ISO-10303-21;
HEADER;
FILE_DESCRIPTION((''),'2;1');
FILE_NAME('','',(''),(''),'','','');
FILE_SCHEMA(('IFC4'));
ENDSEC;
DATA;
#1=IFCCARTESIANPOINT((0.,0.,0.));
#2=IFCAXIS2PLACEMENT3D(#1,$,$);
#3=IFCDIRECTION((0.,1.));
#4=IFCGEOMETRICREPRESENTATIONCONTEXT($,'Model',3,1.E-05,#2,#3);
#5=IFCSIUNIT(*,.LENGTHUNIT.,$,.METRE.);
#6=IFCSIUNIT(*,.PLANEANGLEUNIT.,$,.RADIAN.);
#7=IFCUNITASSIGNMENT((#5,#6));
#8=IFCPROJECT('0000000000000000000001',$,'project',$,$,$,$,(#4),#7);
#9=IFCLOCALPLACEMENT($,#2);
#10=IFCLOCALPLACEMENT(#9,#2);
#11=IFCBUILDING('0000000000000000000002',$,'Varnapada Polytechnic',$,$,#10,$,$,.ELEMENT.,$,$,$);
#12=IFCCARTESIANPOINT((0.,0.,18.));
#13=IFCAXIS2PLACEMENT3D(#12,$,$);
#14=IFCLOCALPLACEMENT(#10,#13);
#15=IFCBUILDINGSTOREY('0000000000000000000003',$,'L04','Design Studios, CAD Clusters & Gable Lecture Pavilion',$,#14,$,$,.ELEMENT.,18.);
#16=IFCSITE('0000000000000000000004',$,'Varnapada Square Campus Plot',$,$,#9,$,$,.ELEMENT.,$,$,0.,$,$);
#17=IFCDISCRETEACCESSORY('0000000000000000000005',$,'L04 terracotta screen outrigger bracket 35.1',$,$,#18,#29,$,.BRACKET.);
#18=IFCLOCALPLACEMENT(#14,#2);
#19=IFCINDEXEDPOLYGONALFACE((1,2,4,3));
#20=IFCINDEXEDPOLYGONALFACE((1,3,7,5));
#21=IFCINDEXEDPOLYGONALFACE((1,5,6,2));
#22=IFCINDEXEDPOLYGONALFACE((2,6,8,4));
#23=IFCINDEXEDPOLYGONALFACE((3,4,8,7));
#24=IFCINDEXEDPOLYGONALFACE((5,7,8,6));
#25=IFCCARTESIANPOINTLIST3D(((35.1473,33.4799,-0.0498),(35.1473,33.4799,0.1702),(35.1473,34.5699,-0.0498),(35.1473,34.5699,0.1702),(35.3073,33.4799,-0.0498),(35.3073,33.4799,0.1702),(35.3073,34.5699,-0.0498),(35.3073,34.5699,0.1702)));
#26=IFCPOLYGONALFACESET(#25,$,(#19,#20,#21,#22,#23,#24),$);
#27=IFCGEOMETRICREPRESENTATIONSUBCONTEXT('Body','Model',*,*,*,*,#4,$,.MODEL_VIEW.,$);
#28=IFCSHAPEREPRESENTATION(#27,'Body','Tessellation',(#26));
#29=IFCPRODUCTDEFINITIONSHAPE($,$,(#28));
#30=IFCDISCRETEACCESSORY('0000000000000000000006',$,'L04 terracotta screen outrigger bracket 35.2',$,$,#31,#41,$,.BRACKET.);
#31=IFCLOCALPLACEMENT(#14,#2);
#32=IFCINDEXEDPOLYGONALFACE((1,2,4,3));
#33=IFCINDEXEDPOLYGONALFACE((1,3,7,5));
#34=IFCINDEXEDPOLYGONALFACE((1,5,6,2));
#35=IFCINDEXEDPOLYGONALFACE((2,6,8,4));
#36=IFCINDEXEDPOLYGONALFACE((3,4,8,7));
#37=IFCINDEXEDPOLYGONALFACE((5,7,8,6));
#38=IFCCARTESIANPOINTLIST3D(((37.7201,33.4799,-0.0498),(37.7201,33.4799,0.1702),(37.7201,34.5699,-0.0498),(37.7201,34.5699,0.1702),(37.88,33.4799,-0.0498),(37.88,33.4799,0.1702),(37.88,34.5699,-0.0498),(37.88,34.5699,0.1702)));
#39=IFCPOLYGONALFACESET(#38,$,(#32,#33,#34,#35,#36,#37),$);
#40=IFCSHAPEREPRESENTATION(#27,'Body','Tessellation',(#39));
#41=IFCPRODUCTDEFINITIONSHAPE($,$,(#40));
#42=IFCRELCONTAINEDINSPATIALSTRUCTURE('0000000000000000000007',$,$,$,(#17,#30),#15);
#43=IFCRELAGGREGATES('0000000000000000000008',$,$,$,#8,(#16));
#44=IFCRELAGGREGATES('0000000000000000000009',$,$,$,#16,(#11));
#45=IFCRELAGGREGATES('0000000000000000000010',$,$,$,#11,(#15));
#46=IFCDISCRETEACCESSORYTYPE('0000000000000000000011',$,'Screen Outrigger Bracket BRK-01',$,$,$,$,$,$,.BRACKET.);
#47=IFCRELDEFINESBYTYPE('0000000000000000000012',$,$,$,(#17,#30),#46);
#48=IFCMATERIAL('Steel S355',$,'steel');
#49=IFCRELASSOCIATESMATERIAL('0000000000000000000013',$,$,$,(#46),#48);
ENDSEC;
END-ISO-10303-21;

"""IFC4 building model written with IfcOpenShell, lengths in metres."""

from ifc_helpers import new_model, si_unit, direction, frame, origin, origin_2d, place, context, subcontext, project, spatial, rectangle, extrude, material, type_object, element, save


model = new_model("IFC4")

# Units and contexts
model_context = context("Model", 3, precision=1e-05, world=origin(), true_north=direction((0.0, 1.0)))
body_context = subcontext(model_context, "Body", "Model", "MODEL_VIEW")
ifc_project = project(units=[si_unit("LENGTHUNIT", "METRE"), si_unit("PLANEANGLEUNIT", "RADIAN")], contexts=[model_context])

# Site, building, storey
site_placement = place(None, origin())
site = spatial("IfcSite", under=ifc_project, at=site_placement, Name="Varnapada Square Campus Plot", CompositionType="ELEMENT", RefElevation=0.0)
building_placement = place(site_placement, origin())
building = spatial("IfcBuilding", under=site, at=building_placement, Name="Varnapada Polytechnic", CompositionType="ELEMENT")
storey_placement = place(building_placement, frame((0.0, 0.0, 18.0)))
storey = spatial("IfcBuildingStorey", under=building, at=storey_placement, Name="L04", Description="Design Studios, CAD Clusters & Gable Lecture Pavilion", CompositionType="ELEMENT", Elevation=18.0)

# Discrete accessories
ifc_material_1 = material(Name="Steel S355", Category="steel")
discrete_accessory_type = type_object("IfcDiscreteAccessoryType", Name="Screen Outrigger Bracket BRK-01", PredefinedType="BRACKET", material=ifc_material_1)
for number, where, z_axis, x_axis, name in (
    (1, (35.2273, 34.0249, -0.0498), (0.0, 0.0, 1.0), (1.0, 0.0, 0.0), "L04 terracotta screen outrigger bracket 35.1"),
    (2, (37.8, 34.0249, -0.0498), (0.0, 0.0, 1.0), (1.0, 0.0, 0.0), "L04 terracotta screen outrigger bracket 35.2"),
):
    element("IfcDiscreteAccessory", number, at=place(storey_placement, frame(where, z_axis=z_axis, x_axis=x_axis)), inside=storey, type_object=discrete_accessory_type, Name=name, PredefinedType="BRACKET", context=body_context, shape_type="SweptSolid", body=[
        extrude(rectangle(XDim=0.1599, YDim=1.0901, at=origin_2d()), origin(), (0.0, 0.0, 1.0), 0.22),
    ])

save(model, "model.ifc")
